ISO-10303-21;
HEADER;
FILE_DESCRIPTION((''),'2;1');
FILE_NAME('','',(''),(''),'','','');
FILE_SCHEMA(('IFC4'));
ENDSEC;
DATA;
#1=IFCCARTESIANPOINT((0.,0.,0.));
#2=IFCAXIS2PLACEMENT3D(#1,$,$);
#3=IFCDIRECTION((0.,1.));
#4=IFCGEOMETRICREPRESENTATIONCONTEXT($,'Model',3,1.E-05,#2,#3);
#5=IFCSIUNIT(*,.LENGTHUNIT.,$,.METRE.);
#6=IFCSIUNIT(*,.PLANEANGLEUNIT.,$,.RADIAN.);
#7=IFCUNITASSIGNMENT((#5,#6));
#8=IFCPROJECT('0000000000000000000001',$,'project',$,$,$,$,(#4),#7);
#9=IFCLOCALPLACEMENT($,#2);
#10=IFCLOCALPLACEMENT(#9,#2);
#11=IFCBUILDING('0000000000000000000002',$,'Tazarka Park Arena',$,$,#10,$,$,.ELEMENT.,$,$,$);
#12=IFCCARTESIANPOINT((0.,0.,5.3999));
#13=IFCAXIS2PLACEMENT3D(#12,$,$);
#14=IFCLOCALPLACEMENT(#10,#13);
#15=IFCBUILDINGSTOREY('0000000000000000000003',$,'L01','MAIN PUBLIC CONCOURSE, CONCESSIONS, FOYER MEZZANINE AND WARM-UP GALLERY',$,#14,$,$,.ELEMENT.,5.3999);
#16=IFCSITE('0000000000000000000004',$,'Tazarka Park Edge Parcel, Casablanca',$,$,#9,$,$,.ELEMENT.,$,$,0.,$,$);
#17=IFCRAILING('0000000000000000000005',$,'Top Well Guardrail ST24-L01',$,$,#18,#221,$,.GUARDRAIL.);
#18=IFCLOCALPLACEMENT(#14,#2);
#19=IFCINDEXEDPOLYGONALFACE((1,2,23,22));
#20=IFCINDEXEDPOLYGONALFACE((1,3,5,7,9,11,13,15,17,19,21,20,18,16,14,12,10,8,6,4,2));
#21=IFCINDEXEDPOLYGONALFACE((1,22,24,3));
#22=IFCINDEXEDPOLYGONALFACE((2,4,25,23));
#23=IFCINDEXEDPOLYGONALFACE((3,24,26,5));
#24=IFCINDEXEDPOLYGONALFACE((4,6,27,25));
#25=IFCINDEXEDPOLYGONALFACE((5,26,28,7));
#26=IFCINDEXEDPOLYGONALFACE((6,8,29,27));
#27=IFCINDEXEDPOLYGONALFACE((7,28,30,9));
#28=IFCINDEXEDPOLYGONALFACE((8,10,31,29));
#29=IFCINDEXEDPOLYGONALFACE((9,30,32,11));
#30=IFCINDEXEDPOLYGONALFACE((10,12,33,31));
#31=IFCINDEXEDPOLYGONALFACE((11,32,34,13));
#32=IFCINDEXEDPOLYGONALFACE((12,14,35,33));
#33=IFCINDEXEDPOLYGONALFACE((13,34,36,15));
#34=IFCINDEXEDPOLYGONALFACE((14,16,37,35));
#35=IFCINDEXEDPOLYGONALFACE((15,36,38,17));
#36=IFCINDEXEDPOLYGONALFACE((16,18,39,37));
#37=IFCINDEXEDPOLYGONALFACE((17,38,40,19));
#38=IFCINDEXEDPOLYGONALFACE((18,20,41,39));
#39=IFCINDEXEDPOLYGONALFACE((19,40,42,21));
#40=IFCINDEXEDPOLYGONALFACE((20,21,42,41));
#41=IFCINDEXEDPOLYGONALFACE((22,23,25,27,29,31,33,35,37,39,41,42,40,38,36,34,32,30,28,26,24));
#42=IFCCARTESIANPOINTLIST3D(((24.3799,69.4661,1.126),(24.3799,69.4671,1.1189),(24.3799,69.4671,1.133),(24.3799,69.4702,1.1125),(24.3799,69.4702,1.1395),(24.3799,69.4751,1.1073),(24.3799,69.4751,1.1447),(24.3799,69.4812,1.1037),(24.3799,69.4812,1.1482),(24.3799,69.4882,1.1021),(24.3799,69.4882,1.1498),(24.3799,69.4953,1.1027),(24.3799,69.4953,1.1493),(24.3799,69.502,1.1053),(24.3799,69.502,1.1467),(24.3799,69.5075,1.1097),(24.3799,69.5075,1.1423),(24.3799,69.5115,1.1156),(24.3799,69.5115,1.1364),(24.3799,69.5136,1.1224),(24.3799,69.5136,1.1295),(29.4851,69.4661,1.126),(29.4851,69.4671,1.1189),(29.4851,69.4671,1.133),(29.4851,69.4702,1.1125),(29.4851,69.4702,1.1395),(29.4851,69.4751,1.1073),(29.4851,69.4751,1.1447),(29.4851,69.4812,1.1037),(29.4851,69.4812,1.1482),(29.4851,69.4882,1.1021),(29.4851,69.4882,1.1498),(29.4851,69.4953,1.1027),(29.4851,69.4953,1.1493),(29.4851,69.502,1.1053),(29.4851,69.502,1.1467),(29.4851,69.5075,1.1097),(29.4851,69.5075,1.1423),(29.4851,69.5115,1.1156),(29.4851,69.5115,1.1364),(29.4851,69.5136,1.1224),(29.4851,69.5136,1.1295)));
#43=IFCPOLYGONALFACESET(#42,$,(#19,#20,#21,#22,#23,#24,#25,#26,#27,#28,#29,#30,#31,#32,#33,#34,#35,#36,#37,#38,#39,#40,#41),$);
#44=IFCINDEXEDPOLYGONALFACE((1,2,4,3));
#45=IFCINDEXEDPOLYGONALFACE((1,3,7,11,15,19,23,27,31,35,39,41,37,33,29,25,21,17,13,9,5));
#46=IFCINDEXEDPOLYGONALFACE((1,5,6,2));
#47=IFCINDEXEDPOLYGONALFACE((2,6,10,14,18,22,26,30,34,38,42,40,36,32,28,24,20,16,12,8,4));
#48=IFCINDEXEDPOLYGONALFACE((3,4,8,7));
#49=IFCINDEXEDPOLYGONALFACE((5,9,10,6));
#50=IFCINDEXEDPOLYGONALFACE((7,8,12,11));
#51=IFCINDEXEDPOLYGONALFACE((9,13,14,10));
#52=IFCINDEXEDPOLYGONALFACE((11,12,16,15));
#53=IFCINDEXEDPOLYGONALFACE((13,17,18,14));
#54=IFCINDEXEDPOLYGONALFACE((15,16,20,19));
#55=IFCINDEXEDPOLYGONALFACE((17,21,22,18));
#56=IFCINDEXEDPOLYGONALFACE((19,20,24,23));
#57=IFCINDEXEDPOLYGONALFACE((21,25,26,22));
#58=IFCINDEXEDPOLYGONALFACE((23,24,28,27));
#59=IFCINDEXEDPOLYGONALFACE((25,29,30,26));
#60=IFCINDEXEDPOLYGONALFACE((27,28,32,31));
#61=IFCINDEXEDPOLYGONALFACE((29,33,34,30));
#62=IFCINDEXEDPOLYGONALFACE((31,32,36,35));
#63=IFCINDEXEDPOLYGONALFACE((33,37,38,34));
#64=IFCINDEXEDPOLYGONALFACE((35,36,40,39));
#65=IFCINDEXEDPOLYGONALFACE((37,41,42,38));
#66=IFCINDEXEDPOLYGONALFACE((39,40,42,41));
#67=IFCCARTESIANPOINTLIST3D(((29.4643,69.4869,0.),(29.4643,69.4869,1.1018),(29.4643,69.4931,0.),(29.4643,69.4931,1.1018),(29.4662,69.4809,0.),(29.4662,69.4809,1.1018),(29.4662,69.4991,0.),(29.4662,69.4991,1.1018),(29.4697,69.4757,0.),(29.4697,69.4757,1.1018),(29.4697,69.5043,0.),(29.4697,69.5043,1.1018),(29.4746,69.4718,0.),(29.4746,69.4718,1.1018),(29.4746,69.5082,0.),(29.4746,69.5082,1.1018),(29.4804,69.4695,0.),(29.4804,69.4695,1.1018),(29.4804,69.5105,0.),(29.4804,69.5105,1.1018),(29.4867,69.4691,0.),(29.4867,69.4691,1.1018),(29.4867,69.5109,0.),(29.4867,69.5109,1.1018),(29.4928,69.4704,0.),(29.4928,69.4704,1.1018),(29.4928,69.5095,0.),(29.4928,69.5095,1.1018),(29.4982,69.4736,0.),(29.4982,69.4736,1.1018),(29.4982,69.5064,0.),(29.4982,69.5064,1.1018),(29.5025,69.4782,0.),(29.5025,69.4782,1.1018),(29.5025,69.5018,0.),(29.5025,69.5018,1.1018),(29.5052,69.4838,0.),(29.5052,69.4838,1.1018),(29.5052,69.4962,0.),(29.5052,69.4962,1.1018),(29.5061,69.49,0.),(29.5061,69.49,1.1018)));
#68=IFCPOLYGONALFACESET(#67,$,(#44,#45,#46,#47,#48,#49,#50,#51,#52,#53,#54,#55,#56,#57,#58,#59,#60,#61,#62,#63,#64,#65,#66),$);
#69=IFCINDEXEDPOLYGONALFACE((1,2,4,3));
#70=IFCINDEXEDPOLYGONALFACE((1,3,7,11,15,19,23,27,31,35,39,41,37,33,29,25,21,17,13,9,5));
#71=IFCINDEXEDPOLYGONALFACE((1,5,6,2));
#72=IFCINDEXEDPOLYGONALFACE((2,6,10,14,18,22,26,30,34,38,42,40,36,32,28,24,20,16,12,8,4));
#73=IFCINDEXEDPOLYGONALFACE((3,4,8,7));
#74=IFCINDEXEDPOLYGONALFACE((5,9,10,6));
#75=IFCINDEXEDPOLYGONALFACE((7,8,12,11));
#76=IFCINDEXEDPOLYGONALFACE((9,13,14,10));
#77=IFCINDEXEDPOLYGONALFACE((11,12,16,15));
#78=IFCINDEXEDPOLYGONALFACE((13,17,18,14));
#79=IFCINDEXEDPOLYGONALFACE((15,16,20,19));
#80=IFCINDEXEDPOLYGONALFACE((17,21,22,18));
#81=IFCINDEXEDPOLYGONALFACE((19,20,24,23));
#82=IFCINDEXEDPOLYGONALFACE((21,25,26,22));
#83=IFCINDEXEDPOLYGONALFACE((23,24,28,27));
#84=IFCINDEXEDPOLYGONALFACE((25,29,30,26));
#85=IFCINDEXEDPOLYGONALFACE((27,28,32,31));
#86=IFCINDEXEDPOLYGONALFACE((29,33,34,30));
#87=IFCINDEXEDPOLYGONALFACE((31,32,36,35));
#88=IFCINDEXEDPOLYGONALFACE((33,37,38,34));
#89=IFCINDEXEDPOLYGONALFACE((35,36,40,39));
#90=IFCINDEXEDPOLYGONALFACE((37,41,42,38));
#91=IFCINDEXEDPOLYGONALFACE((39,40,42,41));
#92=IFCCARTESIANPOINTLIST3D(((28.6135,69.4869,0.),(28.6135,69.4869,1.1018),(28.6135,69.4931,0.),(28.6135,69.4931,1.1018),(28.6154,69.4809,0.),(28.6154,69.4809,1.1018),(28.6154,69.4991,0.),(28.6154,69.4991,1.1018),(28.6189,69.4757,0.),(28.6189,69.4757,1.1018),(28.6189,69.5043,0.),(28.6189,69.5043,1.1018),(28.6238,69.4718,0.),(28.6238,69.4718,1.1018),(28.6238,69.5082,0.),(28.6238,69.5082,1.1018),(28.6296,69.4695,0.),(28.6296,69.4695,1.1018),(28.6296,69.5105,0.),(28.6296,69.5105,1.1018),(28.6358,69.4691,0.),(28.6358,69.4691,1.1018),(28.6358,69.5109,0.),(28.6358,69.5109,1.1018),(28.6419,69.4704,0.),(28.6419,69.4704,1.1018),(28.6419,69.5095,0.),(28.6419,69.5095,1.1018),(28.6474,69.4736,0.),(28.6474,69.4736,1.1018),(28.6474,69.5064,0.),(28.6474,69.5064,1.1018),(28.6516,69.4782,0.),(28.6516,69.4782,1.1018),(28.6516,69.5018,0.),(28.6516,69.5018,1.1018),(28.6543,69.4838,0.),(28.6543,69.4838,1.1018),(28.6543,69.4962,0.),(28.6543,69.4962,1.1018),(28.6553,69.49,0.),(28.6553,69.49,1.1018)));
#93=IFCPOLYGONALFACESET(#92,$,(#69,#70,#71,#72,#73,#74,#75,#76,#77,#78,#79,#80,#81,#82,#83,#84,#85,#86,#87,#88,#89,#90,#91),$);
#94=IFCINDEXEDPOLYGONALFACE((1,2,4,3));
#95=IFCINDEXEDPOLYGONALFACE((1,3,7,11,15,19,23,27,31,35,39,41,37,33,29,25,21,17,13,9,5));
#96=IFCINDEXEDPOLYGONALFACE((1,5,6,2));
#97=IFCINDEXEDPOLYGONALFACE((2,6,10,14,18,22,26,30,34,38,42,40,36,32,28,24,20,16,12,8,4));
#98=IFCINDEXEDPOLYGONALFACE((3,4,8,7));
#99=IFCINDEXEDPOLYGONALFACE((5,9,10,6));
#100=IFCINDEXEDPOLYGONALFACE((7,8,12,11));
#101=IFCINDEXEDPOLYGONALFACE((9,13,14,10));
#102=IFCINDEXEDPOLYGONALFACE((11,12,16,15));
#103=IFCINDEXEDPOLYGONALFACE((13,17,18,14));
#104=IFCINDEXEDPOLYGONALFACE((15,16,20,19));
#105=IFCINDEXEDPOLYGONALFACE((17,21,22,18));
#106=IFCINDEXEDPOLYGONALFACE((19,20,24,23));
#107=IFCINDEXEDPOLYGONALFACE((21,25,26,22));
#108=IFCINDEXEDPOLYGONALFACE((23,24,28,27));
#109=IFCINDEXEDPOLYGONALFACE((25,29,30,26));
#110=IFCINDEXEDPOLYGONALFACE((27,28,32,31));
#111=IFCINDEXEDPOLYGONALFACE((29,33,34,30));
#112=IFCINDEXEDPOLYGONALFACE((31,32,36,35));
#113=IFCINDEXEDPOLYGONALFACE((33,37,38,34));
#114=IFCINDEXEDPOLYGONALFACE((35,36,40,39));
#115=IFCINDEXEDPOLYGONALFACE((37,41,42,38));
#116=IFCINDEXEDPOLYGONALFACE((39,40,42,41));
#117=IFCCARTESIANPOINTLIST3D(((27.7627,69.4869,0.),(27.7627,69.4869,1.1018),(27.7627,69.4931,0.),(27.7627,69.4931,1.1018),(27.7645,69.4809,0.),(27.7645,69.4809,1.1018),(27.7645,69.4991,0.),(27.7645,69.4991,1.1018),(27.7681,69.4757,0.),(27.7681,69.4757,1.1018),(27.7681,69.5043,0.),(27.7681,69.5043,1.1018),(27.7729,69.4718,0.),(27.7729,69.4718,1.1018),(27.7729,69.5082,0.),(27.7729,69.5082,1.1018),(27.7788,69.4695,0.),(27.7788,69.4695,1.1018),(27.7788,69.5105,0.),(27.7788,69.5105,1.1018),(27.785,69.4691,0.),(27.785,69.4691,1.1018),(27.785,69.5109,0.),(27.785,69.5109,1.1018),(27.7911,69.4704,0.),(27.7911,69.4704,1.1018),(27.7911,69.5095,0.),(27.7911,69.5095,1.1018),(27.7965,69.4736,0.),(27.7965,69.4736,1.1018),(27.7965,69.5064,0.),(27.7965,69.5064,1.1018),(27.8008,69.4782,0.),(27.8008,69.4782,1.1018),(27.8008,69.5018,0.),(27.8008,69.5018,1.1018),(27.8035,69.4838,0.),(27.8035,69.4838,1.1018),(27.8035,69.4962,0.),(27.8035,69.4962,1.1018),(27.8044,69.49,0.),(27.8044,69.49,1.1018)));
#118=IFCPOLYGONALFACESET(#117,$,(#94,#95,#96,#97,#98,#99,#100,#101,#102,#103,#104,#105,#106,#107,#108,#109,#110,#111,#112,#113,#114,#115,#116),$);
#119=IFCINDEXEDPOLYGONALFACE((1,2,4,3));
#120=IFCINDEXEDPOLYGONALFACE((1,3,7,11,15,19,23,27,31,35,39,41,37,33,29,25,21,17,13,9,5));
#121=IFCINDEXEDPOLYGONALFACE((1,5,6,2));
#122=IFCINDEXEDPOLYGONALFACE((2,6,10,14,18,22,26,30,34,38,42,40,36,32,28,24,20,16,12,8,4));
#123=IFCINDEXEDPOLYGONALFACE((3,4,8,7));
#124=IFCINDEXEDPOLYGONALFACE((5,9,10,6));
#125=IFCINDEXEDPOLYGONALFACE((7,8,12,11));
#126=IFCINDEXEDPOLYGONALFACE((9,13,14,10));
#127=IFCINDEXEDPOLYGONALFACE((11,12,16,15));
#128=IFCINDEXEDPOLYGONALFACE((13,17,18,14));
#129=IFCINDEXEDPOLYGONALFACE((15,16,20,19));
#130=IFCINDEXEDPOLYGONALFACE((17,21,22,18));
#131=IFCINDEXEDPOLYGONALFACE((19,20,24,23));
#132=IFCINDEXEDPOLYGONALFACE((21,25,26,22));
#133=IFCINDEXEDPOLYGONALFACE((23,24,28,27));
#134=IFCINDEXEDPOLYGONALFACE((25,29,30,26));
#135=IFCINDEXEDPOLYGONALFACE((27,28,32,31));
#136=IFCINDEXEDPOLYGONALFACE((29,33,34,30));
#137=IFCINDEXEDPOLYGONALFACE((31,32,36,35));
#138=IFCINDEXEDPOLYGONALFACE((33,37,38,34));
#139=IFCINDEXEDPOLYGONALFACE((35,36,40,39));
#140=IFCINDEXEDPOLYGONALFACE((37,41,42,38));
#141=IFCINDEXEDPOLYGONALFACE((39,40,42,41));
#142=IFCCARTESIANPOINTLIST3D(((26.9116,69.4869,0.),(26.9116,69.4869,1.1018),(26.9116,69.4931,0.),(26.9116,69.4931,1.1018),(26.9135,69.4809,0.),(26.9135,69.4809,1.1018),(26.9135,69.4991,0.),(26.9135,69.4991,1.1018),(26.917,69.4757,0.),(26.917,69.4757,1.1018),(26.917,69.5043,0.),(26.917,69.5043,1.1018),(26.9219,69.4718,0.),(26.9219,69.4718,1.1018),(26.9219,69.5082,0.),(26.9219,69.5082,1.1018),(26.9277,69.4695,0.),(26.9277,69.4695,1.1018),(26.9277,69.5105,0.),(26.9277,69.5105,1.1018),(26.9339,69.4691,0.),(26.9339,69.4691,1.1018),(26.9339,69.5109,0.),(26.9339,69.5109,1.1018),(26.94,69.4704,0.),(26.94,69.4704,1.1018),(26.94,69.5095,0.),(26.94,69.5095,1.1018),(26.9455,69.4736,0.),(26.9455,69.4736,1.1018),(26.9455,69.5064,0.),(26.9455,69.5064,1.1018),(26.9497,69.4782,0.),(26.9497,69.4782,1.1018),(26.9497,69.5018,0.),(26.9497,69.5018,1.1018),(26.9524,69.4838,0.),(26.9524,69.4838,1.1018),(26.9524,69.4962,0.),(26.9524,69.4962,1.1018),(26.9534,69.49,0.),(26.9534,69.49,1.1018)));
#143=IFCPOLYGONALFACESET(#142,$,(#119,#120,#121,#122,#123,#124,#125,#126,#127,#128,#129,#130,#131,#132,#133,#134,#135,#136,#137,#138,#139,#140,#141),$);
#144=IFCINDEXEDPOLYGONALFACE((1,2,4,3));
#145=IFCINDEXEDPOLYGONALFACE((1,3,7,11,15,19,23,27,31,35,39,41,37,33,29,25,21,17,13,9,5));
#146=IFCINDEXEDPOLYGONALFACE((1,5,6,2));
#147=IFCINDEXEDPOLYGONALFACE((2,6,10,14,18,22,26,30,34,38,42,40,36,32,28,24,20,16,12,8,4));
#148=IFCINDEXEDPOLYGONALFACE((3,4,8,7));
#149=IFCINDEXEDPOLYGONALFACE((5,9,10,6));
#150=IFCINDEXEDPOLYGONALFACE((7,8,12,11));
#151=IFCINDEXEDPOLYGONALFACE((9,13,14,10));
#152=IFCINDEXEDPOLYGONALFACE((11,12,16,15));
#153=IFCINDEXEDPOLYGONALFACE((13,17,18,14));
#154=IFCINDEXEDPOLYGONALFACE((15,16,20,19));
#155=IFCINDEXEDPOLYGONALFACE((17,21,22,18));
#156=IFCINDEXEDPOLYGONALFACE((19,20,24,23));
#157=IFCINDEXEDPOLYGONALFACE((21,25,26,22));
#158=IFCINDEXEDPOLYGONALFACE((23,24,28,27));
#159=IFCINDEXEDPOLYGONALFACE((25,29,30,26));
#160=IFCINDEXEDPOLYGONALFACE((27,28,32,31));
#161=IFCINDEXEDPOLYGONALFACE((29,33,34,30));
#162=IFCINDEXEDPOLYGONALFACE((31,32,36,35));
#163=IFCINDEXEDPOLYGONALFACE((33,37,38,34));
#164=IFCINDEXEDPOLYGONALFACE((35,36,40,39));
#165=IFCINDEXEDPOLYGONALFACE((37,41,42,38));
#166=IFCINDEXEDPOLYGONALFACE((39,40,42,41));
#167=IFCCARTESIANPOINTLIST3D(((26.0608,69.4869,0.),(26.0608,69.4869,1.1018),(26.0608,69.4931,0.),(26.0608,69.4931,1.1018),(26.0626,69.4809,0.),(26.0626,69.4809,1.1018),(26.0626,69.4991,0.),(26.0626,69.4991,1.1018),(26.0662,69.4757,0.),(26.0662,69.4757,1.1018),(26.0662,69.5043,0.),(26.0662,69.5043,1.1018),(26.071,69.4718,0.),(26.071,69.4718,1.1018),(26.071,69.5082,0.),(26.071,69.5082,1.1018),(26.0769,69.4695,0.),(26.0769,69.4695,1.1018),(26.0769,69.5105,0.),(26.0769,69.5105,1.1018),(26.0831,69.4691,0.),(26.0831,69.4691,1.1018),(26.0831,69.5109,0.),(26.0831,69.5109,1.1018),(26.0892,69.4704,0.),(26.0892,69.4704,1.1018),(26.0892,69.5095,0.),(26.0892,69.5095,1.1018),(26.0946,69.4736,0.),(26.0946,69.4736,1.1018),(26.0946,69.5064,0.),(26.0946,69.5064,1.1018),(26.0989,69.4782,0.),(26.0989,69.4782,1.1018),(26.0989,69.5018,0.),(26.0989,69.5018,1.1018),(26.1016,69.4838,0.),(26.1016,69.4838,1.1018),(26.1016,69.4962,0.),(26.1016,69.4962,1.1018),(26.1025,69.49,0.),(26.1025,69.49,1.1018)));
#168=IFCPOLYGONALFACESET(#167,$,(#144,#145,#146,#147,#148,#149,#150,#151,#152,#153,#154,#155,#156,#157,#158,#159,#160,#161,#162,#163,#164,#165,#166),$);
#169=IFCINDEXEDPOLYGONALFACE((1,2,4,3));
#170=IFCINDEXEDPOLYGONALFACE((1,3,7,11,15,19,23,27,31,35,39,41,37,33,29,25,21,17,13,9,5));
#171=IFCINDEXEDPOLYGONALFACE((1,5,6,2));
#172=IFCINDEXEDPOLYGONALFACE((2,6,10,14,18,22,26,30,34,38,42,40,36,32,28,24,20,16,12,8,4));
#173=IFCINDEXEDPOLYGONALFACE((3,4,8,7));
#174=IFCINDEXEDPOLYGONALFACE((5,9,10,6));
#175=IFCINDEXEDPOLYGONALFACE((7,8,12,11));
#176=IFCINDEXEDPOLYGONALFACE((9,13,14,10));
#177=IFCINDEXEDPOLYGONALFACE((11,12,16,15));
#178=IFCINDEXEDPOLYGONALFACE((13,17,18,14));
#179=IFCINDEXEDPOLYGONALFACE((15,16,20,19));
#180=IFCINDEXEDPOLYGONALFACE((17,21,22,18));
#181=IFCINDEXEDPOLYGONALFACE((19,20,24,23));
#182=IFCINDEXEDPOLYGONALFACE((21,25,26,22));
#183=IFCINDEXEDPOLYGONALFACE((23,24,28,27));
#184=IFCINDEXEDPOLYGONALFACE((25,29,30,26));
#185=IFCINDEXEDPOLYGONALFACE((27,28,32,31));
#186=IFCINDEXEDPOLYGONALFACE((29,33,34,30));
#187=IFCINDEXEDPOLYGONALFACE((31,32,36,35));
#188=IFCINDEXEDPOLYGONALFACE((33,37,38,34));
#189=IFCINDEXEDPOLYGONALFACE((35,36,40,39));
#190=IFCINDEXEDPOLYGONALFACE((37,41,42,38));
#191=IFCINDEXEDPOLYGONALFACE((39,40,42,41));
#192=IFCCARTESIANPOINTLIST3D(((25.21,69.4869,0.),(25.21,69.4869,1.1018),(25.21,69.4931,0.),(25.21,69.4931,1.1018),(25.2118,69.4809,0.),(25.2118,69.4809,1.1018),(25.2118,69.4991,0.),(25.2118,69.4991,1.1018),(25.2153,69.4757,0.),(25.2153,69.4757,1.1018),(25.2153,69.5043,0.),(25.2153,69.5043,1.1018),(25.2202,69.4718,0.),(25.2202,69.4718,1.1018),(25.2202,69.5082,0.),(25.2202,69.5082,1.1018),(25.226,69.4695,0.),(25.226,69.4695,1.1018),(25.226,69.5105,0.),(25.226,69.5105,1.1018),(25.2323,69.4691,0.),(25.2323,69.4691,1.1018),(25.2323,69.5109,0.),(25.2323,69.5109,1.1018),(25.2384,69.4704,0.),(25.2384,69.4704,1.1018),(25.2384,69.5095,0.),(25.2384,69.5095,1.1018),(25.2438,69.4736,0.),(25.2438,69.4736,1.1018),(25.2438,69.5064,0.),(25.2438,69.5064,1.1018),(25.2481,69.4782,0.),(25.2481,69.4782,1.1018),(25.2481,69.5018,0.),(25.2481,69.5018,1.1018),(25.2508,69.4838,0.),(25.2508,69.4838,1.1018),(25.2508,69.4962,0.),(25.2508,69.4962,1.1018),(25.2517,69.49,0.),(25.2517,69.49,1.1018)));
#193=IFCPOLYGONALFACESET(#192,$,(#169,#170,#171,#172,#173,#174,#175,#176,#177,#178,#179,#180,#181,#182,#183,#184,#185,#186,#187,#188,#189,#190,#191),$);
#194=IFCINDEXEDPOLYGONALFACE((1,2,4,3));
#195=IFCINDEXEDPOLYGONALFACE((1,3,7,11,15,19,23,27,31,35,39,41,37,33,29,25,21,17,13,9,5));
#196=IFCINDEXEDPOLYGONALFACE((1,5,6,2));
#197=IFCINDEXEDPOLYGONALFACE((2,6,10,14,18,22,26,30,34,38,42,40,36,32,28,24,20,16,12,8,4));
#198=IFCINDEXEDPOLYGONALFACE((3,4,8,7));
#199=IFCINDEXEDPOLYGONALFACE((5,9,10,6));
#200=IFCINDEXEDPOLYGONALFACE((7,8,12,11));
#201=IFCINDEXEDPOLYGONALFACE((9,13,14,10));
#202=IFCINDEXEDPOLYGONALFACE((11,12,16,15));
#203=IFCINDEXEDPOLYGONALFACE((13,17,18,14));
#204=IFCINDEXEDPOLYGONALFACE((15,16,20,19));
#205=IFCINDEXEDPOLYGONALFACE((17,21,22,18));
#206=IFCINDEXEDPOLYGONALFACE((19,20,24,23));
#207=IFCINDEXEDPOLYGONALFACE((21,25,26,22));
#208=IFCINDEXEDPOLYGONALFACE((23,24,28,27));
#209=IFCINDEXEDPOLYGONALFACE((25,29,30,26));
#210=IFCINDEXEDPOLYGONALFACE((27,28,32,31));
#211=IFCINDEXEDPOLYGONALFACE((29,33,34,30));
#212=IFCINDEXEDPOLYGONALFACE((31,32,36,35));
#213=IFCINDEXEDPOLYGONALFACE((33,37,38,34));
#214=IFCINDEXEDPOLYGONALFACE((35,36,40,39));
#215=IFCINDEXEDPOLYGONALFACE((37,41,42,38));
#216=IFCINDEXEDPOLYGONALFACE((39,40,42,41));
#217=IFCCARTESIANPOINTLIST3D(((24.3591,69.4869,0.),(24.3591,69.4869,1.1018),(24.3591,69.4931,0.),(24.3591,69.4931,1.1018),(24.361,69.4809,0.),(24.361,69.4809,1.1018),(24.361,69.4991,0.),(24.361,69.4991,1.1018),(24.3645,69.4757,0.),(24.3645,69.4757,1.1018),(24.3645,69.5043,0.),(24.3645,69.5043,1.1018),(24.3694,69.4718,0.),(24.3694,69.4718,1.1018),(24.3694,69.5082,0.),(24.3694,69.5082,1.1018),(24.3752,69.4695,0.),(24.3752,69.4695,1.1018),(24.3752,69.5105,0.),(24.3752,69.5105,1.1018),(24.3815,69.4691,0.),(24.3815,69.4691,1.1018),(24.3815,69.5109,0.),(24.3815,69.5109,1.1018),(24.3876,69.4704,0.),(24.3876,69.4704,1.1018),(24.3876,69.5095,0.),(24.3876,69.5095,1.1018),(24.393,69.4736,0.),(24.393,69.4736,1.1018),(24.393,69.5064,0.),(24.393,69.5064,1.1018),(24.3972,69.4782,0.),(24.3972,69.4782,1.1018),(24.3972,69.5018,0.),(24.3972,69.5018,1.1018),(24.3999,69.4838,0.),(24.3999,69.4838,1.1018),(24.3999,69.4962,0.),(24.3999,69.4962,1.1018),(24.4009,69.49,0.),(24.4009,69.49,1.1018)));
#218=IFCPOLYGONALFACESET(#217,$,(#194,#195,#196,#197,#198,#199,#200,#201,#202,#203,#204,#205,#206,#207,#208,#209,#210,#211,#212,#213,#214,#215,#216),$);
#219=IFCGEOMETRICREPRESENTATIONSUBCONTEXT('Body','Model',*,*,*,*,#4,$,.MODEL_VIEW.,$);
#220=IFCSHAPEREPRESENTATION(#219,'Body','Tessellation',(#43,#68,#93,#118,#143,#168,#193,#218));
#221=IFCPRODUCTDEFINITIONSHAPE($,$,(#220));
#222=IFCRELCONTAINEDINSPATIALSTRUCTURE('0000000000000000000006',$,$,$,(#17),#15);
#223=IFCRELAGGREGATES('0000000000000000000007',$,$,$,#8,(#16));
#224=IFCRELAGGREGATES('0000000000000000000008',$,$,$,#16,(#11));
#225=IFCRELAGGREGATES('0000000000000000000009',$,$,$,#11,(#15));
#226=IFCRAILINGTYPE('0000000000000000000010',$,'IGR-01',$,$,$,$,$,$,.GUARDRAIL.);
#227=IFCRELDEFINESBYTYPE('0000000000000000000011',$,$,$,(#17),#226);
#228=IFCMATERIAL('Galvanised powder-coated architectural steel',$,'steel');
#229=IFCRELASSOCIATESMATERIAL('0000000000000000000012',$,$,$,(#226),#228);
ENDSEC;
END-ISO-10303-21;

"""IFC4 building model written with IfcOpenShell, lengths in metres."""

from ifc_helpers import new_model, si_unit, direction, frame, origin, origin_2d, place, context, subcontext, project, spatial, circle, extrude, material, type_object, element, save


model = new_model("IFC4")

# Units and contexts
model_context = context("Model", 3, precision=1e-05, world=origin(), true_north=direction((0.0, 1.0)))
body_context = subcontext(model_context, "Body", "Model", "MODEL_VIEW")
ifc_project = project(units=[si_unit("LENGTHUNIT", "METRE"), si_unit("PLANEANGLEUNIT", "RADIAN")], contexts=[model_context])

# Site, building, storey
site_placement = place(None, origin())
site = spatial("IfcSite", under=ifc_project, at=site_placement, Name="Tazarka Park Edge Parcel, Casablanca", CompositionType="ELEMENT", RefElevation=0.0)
building_placement = place(site_placement, origin())
building = spatial("IfcBuilding", under=site, at=building_placement, Name="Tazarka Park Arena", CompositionType="ELEMENT")
storey_placement = place(building_placement, frame((0.0, 0.0, 5.3999)))
storey = spatial("IfcBuildingStorey", under=building, at=storey_placement, Name="L01", Description="MAIN PUBLIC CONCOURSE, CONCESSIONS, FOYER MEZZANINE AND WARM-UP GALLERY", CompositionType="ELEMENT", Elevation=5.3999)

# Railing
ifc_material_1 = material(Name="Galvanised powder-coated architectural steel", Category="steel")
railing_type = type_object("IfcRailingType", Name="IGR-01", PredefinedType="GUARDRAIL", material=ifc_material_1)
railing_1_placement = place(storey_placement, frame((29.4851, 69.49, 0.0)))
element("IfcRailing", 1, at=railing_1_placement, inside=storey, type_object=railing_type, Name="Top Well Guardrail ST24-L01", PredefinedType="GUARDRAIL", context=body_context, shape_type="SweptSolid", body=[
    extrude(circle(Radius=0.0239, at=origin_2d()), frame((0.0, 0.0, 1.126), z_axis=(-1.0, 0.0, 0.0), x_axis=(0.0, -1.0, 0.0)), (0.0, 0.0, 1.0), 5.1052),
    extrude(circle(Radius=0.021, at=origin_2d()), origin(), (0.0, 0.0, 1.0), 1.1018),
    extrude(circle(Radius=0.021, at=origin_2d()), frame((-0.8508, 0.0, 0.0)), (0.0, 0.0, 1.0), 1.1018),
    extrude(circle(Radius=0.021, at=origin_2d()), frame((-1.7017, 0.0, 0.0)), (0.0, 0.0, 1.0), 1.1018),
    extrude(circle(Radius=0.021, at=origin_2d()), frame((-2.5527, 0.0, 0.0)), (0.0, 0.0, 1.0), 1.1018),
    extrude(circle(Radius=0.021, at=origin_2d()), frame((-3.4036, 0.0, 0.0)), (0.0, 0.0, 1.0), 1.1018),
    extrude(circle(Radius=0.021, at=origin_2d()), frame((-4.2544, 0.0, 0.0)), (0.0, 0.0, 1.0), 1.1018),
    extrude(circle(Radius=0.021, at=origin_2d()), frame((-5.1052, 0.0, 0.0)), (0.0, 0.0, 1.0), 1.1018),
])

save(model, "model.ifc")
